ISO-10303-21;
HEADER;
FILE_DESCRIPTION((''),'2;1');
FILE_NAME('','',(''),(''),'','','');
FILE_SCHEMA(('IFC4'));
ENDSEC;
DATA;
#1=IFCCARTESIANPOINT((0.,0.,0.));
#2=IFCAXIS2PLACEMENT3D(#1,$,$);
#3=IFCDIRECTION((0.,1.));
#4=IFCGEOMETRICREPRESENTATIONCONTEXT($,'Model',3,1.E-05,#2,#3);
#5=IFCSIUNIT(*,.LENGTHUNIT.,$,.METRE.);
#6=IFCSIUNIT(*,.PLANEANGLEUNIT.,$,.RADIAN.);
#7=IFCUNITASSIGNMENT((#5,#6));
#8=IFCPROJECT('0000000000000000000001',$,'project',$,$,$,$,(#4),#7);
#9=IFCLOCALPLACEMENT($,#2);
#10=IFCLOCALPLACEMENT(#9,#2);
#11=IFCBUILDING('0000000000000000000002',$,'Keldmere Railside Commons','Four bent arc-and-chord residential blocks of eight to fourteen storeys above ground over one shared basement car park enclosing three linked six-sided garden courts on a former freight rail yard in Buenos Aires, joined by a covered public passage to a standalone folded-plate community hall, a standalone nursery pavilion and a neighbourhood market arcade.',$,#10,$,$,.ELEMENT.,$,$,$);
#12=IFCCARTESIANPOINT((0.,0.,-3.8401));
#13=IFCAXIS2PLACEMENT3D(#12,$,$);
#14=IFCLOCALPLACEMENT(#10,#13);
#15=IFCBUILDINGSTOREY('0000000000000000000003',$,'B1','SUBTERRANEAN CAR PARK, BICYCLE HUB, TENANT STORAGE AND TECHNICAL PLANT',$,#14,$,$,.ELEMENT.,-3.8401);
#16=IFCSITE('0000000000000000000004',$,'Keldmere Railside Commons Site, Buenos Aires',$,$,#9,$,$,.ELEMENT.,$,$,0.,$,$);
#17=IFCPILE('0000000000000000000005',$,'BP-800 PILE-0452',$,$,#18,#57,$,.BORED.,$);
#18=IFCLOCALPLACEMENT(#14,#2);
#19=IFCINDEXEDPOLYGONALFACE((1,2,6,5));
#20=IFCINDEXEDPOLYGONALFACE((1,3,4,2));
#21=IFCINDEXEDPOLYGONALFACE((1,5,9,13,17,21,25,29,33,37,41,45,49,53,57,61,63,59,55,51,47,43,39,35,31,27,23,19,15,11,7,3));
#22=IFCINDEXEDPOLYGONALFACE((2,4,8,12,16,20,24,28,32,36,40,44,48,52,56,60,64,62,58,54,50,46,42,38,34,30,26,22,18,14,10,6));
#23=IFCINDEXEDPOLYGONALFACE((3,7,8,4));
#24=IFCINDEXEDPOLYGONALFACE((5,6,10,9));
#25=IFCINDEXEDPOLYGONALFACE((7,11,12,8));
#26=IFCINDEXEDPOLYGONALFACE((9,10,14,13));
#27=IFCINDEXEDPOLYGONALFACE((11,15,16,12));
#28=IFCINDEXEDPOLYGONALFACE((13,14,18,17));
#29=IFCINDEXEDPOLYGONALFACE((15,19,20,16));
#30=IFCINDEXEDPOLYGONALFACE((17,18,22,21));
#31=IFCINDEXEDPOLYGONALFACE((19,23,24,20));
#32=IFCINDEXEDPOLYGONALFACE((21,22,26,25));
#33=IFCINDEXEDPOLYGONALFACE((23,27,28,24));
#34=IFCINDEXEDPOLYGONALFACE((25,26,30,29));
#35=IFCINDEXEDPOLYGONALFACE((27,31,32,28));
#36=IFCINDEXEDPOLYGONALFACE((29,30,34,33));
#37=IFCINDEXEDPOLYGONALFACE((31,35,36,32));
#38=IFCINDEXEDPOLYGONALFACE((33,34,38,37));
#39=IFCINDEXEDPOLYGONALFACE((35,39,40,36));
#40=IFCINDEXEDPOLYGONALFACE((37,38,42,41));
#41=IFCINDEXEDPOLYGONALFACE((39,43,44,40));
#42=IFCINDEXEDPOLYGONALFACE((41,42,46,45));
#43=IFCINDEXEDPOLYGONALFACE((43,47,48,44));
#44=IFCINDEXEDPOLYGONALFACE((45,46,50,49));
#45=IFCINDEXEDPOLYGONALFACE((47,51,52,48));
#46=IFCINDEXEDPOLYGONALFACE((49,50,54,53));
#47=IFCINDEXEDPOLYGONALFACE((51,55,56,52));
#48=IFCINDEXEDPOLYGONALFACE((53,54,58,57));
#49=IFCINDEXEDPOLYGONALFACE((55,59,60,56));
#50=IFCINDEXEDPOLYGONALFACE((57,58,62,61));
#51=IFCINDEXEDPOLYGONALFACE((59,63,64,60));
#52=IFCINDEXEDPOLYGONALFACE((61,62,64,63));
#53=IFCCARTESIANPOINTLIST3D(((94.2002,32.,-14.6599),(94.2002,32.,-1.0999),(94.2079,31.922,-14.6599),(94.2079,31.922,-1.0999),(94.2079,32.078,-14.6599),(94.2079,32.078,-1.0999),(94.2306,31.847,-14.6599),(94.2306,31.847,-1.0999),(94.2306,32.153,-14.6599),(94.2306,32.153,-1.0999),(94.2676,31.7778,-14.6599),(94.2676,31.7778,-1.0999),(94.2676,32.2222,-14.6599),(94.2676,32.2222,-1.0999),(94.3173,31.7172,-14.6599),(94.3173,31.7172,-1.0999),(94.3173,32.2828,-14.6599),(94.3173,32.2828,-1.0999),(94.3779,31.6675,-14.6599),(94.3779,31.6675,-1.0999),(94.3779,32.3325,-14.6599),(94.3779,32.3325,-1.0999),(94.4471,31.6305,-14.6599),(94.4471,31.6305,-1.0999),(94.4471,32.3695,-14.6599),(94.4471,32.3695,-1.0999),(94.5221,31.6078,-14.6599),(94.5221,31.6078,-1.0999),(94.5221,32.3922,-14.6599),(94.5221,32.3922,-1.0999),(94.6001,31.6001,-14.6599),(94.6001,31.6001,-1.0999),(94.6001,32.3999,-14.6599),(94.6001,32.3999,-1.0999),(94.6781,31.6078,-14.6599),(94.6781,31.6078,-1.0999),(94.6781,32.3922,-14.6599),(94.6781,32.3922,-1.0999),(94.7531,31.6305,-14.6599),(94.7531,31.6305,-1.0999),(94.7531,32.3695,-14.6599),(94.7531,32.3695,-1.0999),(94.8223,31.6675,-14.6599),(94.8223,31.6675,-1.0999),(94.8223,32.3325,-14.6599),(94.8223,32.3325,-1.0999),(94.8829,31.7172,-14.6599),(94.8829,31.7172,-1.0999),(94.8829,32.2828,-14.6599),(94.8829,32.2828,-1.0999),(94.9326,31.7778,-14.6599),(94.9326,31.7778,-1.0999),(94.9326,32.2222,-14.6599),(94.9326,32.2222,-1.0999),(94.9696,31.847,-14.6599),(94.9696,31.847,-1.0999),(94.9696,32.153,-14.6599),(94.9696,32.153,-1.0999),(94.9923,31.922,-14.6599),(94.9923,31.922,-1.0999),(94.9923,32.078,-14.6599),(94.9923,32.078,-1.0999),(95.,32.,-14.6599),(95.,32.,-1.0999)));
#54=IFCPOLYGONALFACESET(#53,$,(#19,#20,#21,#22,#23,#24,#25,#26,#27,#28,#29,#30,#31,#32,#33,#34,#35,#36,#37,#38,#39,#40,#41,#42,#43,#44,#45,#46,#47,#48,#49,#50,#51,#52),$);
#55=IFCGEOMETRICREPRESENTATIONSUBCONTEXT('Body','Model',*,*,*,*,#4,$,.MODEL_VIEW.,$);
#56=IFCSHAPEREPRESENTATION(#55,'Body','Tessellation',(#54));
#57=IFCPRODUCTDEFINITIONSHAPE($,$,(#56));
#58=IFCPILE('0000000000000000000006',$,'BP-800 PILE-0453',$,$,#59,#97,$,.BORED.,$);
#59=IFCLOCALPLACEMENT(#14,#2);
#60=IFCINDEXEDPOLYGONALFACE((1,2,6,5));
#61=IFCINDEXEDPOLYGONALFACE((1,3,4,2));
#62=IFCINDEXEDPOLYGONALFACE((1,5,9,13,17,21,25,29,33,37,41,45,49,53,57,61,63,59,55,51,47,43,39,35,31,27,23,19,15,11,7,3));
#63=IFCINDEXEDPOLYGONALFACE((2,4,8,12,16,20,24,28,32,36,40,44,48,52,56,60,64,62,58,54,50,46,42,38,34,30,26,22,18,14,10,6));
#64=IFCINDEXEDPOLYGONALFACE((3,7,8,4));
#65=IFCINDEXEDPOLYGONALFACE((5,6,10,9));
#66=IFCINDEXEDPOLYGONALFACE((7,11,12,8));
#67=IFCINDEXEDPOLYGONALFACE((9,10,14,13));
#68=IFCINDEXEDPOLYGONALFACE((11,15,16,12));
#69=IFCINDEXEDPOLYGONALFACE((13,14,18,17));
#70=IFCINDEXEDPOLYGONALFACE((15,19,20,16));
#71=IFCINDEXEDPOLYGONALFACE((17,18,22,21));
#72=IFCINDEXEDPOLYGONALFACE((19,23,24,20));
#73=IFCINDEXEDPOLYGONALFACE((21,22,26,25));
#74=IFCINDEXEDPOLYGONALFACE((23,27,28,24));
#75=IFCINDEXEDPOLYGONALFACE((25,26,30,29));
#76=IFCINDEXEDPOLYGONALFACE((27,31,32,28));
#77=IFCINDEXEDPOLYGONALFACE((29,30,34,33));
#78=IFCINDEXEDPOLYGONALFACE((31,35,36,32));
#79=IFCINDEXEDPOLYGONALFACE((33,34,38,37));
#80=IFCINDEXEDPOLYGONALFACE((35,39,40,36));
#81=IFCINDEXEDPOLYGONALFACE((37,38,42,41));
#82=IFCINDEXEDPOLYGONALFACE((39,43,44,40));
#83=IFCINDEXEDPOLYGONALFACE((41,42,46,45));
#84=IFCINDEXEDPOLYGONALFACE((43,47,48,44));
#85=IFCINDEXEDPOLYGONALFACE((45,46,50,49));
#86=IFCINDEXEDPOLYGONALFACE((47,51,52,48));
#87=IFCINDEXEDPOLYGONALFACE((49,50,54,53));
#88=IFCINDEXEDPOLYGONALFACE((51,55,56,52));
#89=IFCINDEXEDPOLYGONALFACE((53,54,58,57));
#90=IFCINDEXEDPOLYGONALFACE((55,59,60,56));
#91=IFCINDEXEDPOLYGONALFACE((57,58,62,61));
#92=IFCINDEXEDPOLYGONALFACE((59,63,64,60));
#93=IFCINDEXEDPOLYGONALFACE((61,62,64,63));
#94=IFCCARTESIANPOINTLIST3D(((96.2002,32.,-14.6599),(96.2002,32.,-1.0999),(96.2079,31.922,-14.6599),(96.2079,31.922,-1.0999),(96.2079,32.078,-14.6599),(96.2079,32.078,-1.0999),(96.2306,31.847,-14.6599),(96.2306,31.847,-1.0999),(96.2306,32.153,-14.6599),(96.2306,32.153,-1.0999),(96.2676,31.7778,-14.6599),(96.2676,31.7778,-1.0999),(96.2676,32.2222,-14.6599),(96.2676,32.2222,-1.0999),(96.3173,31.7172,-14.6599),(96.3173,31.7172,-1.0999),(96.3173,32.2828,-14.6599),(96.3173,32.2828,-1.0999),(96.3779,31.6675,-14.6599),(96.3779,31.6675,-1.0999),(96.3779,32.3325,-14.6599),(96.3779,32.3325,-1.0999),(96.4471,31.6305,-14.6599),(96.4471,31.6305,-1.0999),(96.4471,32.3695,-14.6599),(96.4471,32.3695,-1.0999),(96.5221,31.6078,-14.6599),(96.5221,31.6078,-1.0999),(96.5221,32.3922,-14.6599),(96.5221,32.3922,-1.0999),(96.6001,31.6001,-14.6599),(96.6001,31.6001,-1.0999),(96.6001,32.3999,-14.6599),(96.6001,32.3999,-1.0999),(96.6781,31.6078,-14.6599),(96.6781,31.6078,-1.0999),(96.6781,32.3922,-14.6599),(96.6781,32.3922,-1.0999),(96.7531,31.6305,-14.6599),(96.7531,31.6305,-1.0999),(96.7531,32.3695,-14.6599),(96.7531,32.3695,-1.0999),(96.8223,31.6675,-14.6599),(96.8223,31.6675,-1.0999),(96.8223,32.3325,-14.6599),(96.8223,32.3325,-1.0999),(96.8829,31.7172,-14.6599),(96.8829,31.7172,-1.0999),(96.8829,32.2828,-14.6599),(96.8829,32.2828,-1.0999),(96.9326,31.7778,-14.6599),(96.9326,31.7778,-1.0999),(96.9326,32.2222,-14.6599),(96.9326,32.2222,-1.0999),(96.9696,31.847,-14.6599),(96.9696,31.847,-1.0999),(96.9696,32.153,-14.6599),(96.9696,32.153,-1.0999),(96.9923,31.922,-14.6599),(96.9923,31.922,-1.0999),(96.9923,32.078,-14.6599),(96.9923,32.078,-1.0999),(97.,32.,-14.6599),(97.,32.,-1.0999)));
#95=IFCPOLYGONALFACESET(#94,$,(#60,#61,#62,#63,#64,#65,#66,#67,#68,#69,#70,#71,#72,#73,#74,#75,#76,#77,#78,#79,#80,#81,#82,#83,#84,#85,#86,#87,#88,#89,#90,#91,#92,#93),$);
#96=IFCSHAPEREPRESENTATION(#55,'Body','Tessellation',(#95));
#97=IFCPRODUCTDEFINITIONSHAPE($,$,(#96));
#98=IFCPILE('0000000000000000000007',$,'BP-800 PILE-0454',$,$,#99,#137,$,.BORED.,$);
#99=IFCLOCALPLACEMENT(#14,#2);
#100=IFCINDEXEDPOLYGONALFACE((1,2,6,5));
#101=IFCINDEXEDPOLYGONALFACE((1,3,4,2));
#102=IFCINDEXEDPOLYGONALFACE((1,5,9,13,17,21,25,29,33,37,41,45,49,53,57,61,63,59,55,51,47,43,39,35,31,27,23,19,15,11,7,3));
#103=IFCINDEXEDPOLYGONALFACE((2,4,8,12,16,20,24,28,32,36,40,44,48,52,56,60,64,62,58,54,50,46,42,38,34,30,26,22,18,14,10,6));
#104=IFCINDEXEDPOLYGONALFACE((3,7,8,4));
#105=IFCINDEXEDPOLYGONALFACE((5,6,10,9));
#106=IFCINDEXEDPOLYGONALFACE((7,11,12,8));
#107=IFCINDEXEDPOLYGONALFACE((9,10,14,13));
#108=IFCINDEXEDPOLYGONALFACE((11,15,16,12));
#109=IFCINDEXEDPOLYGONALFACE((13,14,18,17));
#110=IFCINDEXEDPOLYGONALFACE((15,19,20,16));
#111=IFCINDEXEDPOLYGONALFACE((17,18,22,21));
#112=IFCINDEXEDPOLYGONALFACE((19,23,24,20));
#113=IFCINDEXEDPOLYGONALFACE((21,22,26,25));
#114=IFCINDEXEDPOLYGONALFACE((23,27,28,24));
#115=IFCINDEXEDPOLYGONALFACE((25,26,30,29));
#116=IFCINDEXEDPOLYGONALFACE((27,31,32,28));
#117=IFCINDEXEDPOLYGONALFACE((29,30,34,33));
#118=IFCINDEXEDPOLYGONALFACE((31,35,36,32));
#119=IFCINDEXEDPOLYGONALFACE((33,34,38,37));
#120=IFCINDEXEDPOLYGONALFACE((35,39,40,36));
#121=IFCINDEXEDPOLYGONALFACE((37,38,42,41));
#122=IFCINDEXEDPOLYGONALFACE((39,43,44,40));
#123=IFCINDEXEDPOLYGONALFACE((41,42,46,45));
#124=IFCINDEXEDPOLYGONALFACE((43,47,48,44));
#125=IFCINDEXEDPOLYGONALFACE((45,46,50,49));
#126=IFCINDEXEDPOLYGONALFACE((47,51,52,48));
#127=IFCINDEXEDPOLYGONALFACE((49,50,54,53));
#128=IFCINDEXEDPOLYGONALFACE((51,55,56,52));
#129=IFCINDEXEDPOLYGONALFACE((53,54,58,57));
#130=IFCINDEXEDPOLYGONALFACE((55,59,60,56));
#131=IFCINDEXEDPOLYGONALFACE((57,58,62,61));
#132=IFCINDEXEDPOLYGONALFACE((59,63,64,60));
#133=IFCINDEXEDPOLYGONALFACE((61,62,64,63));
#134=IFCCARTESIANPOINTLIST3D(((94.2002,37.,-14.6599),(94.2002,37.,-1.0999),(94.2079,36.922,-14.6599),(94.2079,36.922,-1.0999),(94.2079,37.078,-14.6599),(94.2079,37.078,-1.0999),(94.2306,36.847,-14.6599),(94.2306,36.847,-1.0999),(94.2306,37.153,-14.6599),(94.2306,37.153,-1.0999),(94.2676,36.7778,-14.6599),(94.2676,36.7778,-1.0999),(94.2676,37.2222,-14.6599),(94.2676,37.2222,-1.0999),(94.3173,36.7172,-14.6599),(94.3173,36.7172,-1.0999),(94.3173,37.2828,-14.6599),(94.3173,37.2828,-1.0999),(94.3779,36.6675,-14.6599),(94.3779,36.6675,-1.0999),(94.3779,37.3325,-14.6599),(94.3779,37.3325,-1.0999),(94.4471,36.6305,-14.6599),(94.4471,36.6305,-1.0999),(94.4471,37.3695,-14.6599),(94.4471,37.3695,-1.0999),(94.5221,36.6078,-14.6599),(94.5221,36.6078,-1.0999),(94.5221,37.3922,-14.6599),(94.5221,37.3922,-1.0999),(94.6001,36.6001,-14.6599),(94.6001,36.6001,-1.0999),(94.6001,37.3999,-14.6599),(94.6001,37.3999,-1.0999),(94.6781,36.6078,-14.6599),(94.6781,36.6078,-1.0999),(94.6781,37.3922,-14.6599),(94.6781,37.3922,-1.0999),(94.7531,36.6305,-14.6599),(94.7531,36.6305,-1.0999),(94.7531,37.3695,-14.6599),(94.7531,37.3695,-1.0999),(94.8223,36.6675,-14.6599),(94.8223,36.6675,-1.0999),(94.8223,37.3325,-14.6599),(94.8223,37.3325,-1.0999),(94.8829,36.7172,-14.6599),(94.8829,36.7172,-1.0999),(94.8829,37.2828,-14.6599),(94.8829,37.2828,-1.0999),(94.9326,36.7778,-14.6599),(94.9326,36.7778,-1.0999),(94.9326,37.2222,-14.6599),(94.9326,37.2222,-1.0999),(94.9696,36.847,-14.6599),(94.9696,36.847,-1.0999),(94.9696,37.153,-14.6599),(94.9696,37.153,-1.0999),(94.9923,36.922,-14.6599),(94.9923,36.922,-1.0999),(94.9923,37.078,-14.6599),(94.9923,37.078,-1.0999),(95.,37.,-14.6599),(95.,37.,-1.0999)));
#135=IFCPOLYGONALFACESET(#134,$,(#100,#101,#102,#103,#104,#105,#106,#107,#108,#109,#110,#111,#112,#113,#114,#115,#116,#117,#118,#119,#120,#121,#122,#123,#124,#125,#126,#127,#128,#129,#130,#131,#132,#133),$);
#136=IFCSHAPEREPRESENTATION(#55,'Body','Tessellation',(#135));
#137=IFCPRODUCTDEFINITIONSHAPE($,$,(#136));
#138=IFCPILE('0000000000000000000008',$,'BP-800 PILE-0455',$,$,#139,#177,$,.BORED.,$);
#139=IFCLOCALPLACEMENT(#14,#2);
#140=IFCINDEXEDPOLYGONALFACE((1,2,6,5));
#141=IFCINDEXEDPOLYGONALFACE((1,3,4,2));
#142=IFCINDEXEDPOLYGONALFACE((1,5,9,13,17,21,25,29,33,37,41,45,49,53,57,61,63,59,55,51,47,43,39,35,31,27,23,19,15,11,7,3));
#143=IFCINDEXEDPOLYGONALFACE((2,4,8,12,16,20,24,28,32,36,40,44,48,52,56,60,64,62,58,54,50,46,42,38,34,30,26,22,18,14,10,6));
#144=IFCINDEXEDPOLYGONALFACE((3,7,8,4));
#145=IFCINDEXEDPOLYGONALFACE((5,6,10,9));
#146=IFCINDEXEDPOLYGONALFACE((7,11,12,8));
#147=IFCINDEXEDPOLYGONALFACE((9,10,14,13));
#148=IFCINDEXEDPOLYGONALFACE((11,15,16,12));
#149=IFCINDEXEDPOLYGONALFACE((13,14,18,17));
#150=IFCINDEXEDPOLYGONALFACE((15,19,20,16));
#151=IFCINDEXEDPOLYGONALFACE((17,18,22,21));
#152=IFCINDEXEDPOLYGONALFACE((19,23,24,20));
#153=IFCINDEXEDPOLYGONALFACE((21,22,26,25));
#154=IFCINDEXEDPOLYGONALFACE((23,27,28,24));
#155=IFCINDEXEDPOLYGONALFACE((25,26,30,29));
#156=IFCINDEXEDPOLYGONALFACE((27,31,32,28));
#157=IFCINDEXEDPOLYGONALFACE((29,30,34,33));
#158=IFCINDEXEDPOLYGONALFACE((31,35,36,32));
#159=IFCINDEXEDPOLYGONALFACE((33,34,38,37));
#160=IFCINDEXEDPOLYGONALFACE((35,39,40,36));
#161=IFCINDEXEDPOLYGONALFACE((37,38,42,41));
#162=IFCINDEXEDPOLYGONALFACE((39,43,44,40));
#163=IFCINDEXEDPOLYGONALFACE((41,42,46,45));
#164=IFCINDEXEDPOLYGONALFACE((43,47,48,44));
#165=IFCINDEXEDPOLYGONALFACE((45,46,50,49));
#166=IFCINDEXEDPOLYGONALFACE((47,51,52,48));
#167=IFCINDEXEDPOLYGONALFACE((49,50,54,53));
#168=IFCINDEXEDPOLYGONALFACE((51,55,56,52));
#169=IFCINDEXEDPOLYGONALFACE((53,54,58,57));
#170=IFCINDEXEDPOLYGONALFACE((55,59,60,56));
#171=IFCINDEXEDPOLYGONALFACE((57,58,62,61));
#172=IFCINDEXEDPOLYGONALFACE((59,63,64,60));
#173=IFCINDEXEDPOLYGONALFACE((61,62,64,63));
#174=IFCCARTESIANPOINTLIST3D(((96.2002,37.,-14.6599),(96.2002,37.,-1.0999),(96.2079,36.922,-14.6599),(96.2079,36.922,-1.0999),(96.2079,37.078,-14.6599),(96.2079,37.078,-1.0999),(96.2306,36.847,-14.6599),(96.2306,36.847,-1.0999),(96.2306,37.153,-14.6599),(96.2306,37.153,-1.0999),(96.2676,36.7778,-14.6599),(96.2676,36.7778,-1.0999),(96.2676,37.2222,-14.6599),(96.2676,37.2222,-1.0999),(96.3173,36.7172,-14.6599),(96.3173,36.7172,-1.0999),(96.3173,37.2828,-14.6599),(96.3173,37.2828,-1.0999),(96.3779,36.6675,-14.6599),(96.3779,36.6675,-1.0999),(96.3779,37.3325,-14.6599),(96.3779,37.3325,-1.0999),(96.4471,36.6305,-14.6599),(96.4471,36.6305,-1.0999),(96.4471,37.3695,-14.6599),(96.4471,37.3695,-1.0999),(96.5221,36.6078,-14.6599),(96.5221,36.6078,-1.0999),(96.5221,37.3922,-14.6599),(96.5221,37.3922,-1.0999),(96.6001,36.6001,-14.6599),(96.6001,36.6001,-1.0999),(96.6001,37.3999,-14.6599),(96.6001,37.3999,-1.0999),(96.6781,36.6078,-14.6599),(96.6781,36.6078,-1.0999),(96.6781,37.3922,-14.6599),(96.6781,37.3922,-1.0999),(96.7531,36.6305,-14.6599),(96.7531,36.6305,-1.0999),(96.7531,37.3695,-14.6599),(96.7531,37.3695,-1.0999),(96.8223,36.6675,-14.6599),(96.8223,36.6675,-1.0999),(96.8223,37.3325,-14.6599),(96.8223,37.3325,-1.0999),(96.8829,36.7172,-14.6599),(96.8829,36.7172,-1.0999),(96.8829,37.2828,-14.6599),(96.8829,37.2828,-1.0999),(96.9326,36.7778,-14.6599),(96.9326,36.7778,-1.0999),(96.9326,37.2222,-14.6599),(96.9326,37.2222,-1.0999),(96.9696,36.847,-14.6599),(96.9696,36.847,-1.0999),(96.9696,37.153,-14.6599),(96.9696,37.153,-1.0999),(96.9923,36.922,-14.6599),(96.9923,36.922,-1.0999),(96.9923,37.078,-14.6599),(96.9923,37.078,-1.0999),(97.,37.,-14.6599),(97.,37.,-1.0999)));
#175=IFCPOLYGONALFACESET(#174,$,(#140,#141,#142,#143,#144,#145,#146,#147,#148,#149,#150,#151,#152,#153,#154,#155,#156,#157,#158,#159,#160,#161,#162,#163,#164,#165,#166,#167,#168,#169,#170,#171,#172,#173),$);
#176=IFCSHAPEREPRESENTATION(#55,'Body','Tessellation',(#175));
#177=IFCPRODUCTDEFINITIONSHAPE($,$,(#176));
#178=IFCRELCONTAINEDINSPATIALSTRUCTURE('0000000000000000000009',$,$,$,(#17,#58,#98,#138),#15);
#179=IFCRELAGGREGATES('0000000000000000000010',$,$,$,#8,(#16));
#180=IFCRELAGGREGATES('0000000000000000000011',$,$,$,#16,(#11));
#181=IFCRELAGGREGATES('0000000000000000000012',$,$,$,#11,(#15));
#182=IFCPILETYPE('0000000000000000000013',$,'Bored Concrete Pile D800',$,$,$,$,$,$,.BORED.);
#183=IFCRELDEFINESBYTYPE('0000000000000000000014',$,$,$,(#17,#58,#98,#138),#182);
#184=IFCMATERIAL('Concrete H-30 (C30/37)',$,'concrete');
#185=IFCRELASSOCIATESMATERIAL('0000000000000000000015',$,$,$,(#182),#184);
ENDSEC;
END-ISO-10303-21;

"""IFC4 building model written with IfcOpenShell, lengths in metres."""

from ifc_helpers import new_model, si_unit, direction, frame, origin, origin_2d, place, context, subcontext, project, spatial, circle, extrude, material, material_profile, profile_set, type_object, element, save


model = new_model("IFC4")

# Units and contexts
model_context = context("Model", 3, precision=1e-05, world=origin(), true_north=direction((0.0, 1.0)))
body_context = subcontext(model_context, "Body", "Model", "MODEL_VIEW")
ifc_project = project(units=[si_unit("LENGTHUNIT", "METRE"), si_unit("PLANEANGLEUNIT", "RADIAN")], contexts=[model_context])

# Site, building, storey
site_placement = place(None, origin())
site = spatial("IfcSite", under=ifc_project, at=site_placement, Name="Keldmere Railside Commons Site, Buenos Aires", CompositionType="ELEMENT", RefElevation=0.0)
building_placement = place(site_placement, origin())
building = spatial("IfcBuilding", under=site, at=building_placement, Name="Keldmere Railside Commons", Description="Four bent arc-and-chord residential blocks of eight to fourteen storeys above ground over one shared basement car park enclosing three linked six-sided garden courts on a former freight rail yard in Buenos Aires, joined by a covered public passage to a standalone folded-plate community hall, a standalone nursery pavilion and a neighbourhood market arcade.", CompositionType="ELEMENT")
storey_placement = place(building_placement, frame((0.0, 0.0, -3.8401)))
storey = spatial("IfcBuildingStorey", under=building, at=storey_placement, Name="B1", Description="SUBTERRANEAN CAR PARK, BICYCLE HUB, TENANT STORAGE AND TECHNICAL PLANT", CompositionType="ELEMENT", Elevation=-3.8401)

# Piles
ifc_material_1 = material(Name="Concrete H-30 (C30/37)", Category="concrete")
ifc_material_profile_1 = material_profile(ifc_material_1, circle(Radius=0.3999, at=origin_2d()), Name="PILE-D800")
ifc_profile_set_1 = profile_set([ifc_material_profile_1], Name="Concrete H-30 (C30/37)")
pile_type_1 = type_object("IfcPileType", Name="Bored Concrete Pile D800", PredefinedType="BORED", material=ifc_profile_set_1)
for number, where, z_axis, x_axis, name in (
    (1, (94.6001, 32.0, -1.0999), (0.0, 0.0, -1.0), (1.0, 0.0, 0.0), "BP-800 PILE-0452"),
    (2, (96.6001, 32.0, -1.0999), (0.0, 0.0, -1.0), (1.0, 0.0, 0.0), "BP-800 PILE-0453"),
    (3, (94.6001, 37.0, -1.0999), (0.0, 0.0, -1.0), (1.0, 0.0, 0.0), "BP-800 PILE-0454"),
    (4, (96.6001, 37.0, -1.0999), (0.0, 0.0, -1.0), (1.0, 0.0, 0.0), "BP-800 PILE-0455"),
):
    element("IfcPile", number, at=place(storey_placement, frame(where, z_axis=z_axis, x_axis=x_axis)), inside=storey, type_object=pile_type_1, Name=name, PredefinedType="BORED", context=body_context, shape_type="SweptSolid", body=[
        extrude(circle(Radius=0.3999, at=origin_2d()), origin(), (0.0, 0.0, 1.0), 13.5601),
    ])

save(model, "model.ifc")
